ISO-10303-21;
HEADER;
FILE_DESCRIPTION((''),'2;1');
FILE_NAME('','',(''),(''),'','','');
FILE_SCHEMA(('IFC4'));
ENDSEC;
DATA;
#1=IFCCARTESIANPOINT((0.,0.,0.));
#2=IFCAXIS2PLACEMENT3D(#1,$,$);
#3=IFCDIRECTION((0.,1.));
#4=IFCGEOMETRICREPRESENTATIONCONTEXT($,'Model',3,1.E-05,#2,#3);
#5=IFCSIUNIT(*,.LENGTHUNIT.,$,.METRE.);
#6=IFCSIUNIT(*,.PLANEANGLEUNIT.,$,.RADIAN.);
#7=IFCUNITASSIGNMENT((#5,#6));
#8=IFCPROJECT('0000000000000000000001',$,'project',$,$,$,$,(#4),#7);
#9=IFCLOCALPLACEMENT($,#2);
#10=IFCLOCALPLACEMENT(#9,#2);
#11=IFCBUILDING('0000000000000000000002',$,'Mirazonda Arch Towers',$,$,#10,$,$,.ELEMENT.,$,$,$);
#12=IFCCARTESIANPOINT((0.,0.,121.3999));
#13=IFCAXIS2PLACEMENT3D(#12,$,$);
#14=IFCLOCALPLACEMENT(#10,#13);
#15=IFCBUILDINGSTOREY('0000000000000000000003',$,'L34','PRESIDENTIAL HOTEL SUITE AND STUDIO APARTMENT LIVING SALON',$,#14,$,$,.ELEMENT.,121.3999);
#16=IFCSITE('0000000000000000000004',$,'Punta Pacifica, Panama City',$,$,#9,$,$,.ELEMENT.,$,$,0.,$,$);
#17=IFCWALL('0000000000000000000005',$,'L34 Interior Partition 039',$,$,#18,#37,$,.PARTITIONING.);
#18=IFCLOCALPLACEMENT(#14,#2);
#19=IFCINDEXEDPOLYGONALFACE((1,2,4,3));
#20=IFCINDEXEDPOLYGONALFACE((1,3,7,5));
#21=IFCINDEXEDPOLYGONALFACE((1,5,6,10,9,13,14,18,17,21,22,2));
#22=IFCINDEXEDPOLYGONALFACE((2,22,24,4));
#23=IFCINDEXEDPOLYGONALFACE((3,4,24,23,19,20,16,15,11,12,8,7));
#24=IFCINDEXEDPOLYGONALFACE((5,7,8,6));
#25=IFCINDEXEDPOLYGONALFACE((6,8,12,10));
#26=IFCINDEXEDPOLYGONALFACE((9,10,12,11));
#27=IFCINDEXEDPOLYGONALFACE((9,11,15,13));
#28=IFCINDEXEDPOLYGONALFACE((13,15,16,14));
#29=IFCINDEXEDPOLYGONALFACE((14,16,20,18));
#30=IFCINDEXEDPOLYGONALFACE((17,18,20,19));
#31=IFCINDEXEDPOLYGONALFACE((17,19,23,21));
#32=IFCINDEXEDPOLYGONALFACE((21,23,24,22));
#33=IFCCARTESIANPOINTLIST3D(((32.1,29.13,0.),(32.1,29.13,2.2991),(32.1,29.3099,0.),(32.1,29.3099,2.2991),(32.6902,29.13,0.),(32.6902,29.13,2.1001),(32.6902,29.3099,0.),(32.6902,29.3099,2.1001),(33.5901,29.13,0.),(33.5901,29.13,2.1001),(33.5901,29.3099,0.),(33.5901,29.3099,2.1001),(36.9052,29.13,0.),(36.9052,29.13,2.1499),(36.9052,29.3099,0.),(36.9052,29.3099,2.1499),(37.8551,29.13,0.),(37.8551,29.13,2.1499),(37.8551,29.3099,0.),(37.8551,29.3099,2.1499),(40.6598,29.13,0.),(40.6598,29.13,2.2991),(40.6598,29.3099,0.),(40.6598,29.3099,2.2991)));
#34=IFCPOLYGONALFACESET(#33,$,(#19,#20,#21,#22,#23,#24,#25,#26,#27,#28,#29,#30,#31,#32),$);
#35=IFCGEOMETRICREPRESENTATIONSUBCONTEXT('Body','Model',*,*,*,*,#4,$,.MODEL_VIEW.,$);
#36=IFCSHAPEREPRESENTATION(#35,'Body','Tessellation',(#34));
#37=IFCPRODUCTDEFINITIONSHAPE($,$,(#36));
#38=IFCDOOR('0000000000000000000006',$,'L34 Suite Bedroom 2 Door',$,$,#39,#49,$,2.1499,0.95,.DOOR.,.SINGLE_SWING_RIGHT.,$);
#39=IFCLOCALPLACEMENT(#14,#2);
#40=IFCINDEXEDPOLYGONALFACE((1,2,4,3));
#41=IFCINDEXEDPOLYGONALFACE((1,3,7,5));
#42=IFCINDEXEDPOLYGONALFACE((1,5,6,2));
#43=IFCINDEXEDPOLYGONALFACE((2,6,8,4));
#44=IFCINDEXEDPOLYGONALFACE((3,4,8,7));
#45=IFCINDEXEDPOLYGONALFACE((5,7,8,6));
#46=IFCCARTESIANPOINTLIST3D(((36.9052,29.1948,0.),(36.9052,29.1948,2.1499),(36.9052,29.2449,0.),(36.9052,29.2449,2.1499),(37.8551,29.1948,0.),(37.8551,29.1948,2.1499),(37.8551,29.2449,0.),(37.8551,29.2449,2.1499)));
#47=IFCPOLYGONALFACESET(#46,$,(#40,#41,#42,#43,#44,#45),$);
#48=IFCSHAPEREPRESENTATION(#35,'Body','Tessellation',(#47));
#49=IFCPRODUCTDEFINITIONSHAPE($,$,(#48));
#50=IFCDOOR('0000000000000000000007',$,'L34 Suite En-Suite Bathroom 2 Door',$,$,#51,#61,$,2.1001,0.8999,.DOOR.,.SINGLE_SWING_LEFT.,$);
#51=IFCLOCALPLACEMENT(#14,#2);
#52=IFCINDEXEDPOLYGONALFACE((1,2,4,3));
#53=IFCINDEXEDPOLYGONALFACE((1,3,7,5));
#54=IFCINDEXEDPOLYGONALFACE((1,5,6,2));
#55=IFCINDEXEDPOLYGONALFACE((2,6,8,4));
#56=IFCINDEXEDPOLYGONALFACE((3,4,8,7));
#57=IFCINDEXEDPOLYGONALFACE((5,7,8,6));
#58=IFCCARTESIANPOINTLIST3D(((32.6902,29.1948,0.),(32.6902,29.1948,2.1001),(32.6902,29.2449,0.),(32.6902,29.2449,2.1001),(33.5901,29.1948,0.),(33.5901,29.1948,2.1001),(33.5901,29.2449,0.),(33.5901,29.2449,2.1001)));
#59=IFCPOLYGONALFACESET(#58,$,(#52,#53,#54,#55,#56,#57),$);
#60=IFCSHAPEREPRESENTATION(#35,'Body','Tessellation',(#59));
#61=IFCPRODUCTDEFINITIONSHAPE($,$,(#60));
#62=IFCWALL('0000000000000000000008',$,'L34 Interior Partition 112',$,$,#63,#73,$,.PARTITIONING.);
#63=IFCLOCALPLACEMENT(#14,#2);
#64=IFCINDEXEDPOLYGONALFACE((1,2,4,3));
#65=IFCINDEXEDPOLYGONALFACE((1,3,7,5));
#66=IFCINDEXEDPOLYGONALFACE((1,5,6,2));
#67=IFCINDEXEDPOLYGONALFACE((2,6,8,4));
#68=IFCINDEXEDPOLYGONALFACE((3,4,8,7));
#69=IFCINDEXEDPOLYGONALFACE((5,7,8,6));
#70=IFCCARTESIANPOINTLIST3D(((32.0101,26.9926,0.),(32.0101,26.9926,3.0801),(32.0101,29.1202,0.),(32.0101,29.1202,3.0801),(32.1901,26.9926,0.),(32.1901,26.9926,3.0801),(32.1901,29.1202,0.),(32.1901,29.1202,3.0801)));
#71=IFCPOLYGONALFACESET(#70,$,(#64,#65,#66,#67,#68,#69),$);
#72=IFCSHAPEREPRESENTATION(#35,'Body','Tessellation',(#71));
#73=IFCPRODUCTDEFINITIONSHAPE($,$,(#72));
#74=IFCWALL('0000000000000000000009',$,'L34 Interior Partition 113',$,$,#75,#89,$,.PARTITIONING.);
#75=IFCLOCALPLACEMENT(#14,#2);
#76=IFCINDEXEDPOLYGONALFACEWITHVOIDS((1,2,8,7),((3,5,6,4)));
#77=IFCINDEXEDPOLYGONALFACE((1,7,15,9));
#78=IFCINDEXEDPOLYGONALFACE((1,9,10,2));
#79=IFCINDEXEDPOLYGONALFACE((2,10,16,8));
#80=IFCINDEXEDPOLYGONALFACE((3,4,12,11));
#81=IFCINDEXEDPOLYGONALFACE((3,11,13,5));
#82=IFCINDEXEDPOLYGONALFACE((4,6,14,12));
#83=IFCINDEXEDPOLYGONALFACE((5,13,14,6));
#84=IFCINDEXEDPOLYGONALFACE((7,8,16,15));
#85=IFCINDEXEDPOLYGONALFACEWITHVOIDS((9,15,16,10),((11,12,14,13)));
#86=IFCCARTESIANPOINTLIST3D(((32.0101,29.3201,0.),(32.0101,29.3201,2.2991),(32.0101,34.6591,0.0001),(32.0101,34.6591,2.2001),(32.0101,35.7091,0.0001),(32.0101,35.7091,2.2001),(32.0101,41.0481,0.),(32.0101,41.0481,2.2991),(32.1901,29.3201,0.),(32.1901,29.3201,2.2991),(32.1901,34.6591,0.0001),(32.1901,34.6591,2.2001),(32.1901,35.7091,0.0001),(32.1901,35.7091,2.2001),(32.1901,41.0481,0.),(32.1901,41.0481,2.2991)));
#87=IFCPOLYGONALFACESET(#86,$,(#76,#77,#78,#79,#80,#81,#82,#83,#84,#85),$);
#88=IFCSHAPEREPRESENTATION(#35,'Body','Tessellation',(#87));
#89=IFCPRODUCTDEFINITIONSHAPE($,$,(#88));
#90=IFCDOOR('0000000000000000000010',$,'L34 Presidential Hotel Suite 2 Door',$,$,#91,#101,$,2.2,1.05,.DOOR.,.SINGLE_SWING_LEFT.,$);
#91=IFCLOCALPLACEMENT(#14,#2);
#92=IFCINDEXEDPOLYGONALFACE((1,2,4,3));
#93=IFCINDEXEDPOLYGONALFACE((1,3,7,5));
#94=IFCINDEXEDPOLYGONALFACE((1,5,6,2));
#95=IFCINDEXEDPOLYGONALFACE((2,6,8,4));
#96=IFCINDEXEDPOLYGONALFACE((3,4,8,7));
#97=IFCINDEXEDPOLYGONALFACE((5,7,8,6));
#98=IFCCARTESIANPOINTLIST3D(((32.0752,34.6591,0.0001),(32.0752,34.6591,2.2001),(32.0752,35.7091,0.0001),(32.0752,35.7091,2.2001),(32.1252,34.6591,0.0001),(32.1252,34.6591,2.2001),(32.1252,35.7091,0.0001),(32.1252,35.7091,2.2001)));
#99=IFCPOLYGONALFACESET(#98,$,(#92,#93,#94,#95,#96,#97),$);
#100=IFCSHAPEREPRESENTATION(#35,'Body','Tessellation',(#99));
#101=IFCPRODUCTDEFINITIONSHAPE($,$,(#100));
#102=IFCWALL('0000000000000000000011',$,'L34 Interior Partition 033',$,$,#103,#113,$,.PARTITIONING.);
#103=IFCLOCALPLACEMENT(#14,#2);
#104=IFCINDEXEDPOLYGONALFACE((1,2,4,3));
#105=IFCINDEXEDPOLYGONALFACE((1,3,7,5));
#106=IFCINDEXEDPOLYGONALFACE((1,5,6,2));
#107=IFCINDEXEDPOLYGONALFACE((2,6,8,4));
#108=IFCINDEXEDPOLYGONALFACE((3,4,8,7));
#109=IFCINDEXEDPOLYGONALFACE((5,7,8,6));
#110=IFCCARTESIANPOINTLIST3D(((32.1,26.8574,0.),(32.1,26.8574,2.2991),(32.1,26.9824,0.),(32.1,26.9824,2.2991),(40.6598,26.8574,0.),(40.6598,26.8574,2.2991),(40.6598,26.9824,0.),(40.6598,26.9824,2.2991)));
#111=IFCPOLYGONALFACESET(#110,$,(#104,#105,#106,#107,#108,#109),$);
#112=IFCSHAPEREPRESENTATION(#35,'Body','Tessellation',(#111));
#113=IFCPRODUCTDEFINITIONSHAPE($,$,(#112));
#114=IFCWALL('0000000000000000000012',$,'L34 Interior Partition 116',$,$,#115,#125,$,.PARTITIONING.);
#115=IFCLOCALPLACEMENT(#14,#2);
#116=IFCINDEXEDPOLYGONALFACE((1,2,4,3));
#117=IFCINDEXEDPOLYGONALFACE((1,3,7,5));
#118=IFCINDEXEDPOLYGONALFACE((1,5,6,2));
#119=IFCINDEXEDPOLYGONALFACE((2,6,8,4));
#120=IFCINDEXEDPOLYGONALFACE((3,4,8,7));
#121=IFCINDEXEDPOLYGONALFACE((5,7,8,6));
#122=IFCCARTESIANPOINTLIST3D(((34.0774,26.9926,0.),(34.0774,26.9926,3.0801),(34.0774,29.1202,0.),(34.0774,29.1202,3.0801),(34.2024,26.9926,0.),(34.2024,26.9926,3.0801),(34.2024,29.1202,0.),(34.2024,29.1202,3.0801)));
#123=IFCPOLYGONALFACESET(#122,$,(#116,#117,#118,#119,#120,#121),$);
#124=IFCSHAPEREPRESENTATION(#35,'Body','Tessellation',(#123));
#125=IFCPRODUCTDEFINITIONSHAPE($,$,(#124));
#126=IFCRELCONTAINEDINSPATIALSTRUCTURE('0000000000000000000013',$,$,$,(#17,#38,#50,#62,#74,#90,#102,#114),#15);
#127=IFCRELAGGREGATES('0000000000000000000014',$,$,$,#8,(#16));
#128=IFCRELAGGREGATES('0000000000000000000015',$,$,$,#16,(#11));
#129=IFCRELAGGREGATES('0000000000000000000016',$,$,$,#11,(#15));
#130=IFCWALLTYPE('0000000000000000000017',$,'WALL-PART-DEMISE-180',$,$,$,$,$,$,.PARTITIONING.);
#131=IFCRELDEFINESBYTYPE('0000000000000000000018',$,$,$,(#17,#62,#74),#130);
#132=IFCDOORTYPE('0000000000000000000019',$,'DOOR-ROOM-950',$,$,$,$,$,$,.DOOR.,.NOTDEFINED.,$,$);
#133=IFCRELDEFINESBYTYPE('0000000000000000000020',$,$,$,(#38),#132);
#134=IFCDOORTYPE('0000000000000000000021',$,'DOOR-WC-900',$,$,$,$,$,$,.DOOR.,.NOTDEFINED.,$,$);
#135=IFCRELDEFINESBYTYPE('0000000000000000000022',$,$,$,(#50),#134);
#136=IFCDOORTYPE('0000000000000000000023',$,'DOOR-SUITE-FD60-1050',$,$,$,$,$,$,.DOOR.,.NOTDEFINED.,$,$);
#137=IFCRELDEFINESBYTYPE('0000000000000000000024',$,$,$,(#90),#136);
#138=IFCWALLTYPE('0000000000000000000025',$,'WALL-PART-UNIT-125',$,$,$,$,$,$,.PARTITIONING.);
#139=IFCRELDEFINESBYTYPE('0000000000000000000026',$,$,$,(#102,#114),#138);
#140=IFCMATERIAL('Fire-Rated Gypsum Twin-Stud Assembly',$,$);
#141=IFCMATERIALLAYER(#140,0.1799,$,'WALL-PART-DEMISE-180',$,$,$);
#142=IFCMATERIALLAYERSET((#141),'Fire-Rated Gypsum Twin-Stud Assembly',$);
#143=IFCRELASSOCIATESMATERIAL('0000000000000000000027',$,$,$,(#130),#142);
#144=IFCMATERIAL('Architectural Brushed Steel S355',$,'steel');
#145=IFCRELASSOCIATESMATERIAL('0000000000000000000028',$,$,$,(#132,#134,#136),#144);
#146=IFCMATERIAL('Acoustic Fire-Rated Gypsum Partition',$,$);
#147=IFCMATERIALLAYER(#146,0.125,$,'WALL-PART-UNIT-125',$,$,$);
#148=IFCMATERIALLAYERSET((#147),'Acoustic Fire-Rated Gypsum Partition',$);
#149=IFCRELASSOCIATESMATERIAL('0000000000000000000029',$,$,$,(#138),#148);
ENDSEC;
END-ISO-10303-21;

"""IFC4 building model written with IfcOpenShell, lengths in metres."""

from ifc_helpers import new_model, si_unit, direction, frame, frame_2d, origin, place, context, subcontext, project, spatial, rectangle, extrude, material, layer, layer_set, type_object, element, fill, save


model = new_model("IFC4")

# Units and contexts
model_context = context("Model", 3, precision=1e-05, world=origin(), true_north=direction((0.0, 1.0)))
body_context = subcontext(model_context, "Body", "Model", "MODEL_VIEW")
ifc_project = project(units=[si_unit("LENGTHUNIT", "METRE"), si_unit("PLANEANGLEUNIT", "RADIAN")], contexts=[model_context])

# Site, building, storey
site_placement = place(None, origin())
site = spatial("IfcSite", under=ifc_project, at=site_placement, Name="Punta Pacifica, Panama City", CompositionType="ELEMENT", RefElevation=0.0)
building_placement = place(site_placement, origin())
building = spatial("IfcBuilding", under=site, at=building_placement, Name="Mirazonda Arch Towers", CompositionType="ELEMENT")
storey_placement = place(building_placement, frame((0.0, 0.0, 121.3999)))
storey = spatial("IfcBuildingStorey", under=building, at=storey_placement, Name="L34", Description="PRESIDENTIAL HOTEL SUITE AND STUDIO APARTMENT LIVING SALON", CompositionType="ELEMENT", Elevation=121.3999)

# Wall, openings, doors
ifc_material_1 = material(Name="Fire-Rated Gypsum Twin-Stud Assembly")
ifc_layer_1 = layer(ifc_material_1, 0.1799, Name="WALL-PART-DEMISE-180")
ifc_layer_set_1 = layer_set([ifc_layer_1], Name="Fire-Rated Gypsum Twin-Stud Assembly")
wall_type_1 = type_object("IfcWallType", Name="WALL-PART-DEMISE-180", PredefinedType="PARTITIONING", material=ifc_layer_set_1)
wall_1_placement = place(storey_placement, frame((32.1001, 29.22, 0.0), z_axis=(0.0, 0.0, 1.0), x_axis=(1.0, 0.0, 0.0)))
wall_1 = element("IfcWall", 1, at=wall_1_placement, inside=storey, type_object=wall_type_1, Name="L34 Interior Partition 039", PredefinedType="PARTITIONING", context=body_context, shape_type="SweptSolid", body=[
    extrude(rectangle(XDim=8.5598, YDim=0.1799, at=frame_2d((4.2798, 0.0))), origin(), (0.0, 0.0, 1.0), 2.2991),
])
opening_1_placement = place(wall_1_placement, frame((4.8049, 0.0, 0.0)))
opening_1 = element("IfcOpeningElement", 2, at=opening_1_placement, cuts=wall_1, PredefinedType="OPENING", context=body_context, shape_type="SweptSolid", body=[
    extrude(rectangle(XDim=0.95, YDim=2.1499, at=frame_2d((0.4751, 1.075))), frame((0.0, 0.0999, 0.0), z_axis=(0.0, -1.0, 0.0), x_axis=(1.0, 0.0, 0.0)), (0.0, 0.0, 1.0), 0.2),
])
opening_2_placement = place(wall_1_placement, frame((0.5901, 0.0, 0.0)))
opening_2 = element("IfcOpeningElement", 3, at=opening_2_placement, cuts=wall_1, PredefinedType="OPENING", context=body_context, shape_type="SweptSolid", body=[
    extrude(rectangle(XDim=0.8999, YDim=2.1001, at=frame_2d((0.45, 1.05))), frame((0.0, 0.0999, 0.0), z_axis=(0.0, -1.0, 0.0), x_axis=(1.0, 0.0, 0.0)), (0.0, 0.0, 1.0), 0.2),
])
ifc_material_2 = material(Name="Architectural Brushed Steel S355", Category="steel")
door_type_1 = type_object("IfcDoorType", Name="DOOR-ROOM-950", OperationType="NOTDEFINED", PredefinedType="DOOR", material=ifc_material_2)
door_1_placement = place(opening_1_placement, origin())
door_1 = element("IfcDoor", 4, at=door_1_placement, inside=storey, type_object=door_type_1, Name="L34 Suite Bedroom 2 Door", OperationType="SINGLE_SWING_RIGHT", OverallHeight=2.1499, OverallWidth=0.95, PredefinedType="DOOR", context=body_context, shape_type="SweptSolid", body=[
    extrude(rectangle(XDim=0.95, YDim=2.1499, at=frame_2d((0.4751, 1.075))), frame((0.0, 0.0249, 0.0), z_axis=(0.0, -1.0, 0.0), x_axis=(1.0, 0.0, 0.0)), (0.0, 0.0, 1.0), 0.05),
])
fill(opening_1, door_1)
door_type_2 = type_object("IfcDoorType", Name="DOOR-WC-900", OperationType="NOTDEFINED", PredefinedType="DOOR", material=ifc_material_2)
door_2_placement = place(opening_2_placement, origin())
door_2 = element("IfcDoor", 5, at=door_2_placement, inside=storey, type_object=door_type_2, Name="L34 Suite En-Suite Bathroom 2 Door", OperationType="SINGLE_SWING_LEFT", OverallHeight=2.1001, OverallWidth=0.8999, PredefinedType="DOOR", context=body_context, shape_type="SweptSolid", body=[
    extrude(rectangle(XDim=0.8999, YDim=2.1001, at=frame_2d((0.45, 1.05))), frame((0.0, 0.0249, 0.0), z_axis=(0.0, -1.0, 0.0), x_axis=(1.0, 0.0, 0.0)), (0.0, 0.0, 1.0), 0.05),
])
fill(opening_2, door_2)

# Wall
wall_2_placement = place(storey_placement, frame((32.1001, 26.9924, 0.0), z_axis=(0.0, 0.0, 1.0), x_axis=(0.0, 1.0, 0.0)))
element("IfcWall", 6, at=wall_2_placement, inside=storey, type_object=wall_type_1, Name="L34 Interior Partition 112", PredefinedType="PARTITIONING", context=body_context, shape_type="SweptSolid", body=[
    extrude(rectangle(XDim=2.1277, YDim=0.1799, at=frame_2d((1.064, 0.0))), origin(), (0.0, 0.0, 1.0), 3.0801),
])

# Wall, opening, door
wall_3_placement = place(storey_placement, frame((32.1001, 29.3201, 0.0), z_axis=(0.0, 0.0, 1.0), x_axis=(0.0, 1.0, 0.0)))
wall_3 = element("IfcWall", 7, at=wall_3_placement, inside=storey, type_object=wall_type_1, Name="L34 Interior Partition 113", PredefinedType="PARTITIONING", context=body_context, shape_type="SweptSolid", body=[
    extrude(rectangle(XDim=11.728, YDim=0.1799, at=frame_2d((5.864, 0.0))), origin(), (0.0, 0.0, 1.0), 2.2991),
])
opening_3_placement = place(wall_3_placement, frame((5.3391, 0.0, 0.0)))
opening_3 = element("IfcOpeningElement", 8, at=opening_3_placement, cuts=wall_3, PredefinedType="OPENING", context=body_context, shape_type="SweptSolid", body=[
    extrude(rectangle(XDim=1.05, YDim=2.2, at=frame_2d((0.5249, 1.1001))), frame((0.0, 0.0999, 0.0), z_axis=(0.0, -1.0, 0.0), x_axis=(1.0, 0.0, 0.0)), (0.0, 0.0, 1.0), 0.2),
])
door_type_3 = type_object("IfcDoorType", Name="DOOR-SUITE-FD60-1050", OperationType="NOTDEFINED", PredefinedType="DOOR", material=ifc_material_2)
door_3_placement = place(opening_3_placement, origin())
door_3 = element("IfcDoor", 9, at=door_3_placement, inside=storey, type_object=door_type_3, Name="L34 Presidential Hotel Suite 2 Door", OperationType="SINGLE_SWING_LEFT", OverallHeight=2.2, OverallWidth=1.05, PredefinedType="DOOR", context=body_context, shape_type="SweptSolid", body=[
    extrude(rectangle(XDim=1.05, YDim=2.2, at=frame_2d((0.5249, 1.1001))), frame((0.0, 0.0249, 0.0), z_axis=(0.0, -1.0, 0.0), x_axis=(1.0, 0.0, 0.0)), (0.0, 0.0, 1.0), 0.05),
])
fill(opening_3, door_3)

# Walls
ifc_material_3 = material(Name="Acoustic Fire-Rated Gypsum Partition")
ifc_layer_2 = layer(ifc_material_3, 0.125, Name="WALL-PART-UNIT-125")
ifc_layer_set_2 = layer_set([ifc_layer_2], Name="Acoustic Fire-Rated Gypsum Partition")
wall_type_2 = type_object("IfcWallType", Name="WALL-PART-UNIT-125", PredefinedType="PARTITIONING", material=ifc_layer_set_2)
wall_4_placement = place(storey_placement, frame((32.1001, 26.9199, 0.0), z_axis=(0.0, 0.0, 1.0), x_axis=(1.0, 0.0, 0.0)))
element("IfcWall", 10, at=wall_4_placement, inside=storey, type_object=wall_type_2, Name="L34 Interior Partition 033", PredefinedType="PARTITIONING", context=body_context, shape_type="SweptSolid", body=[
    extrude(rectangle(XDim=8.5598, YDim=0.125, at=frame_2d((4.2798, 0.0))), origin(), (0.0, 0.0, 1.0), 2.2991),
])
wall_5_placement = place(storey_placement, frame((34.1399, 26.9924, 0.0), z_axis=(0.0, 0.0, 1.0), x_axis=(0.0, 1.0, 0.0)))
element("IfcWall", 11, at=wall_5_placement, inside=storey, type_object=wall_type_2, Name="L34 Interior Partition 116", PredefinedType="PARTITIONING", context=body_context, shape_type="SweptSolid", body=[
    extrude(rectangle(XDim=2.1277, YDim=0.125, at=frame_2d((1.064, 0.0))), origin(), (0.0, 0.0, 1.0), 3.0801),
])

save(model, "model.ifc")
